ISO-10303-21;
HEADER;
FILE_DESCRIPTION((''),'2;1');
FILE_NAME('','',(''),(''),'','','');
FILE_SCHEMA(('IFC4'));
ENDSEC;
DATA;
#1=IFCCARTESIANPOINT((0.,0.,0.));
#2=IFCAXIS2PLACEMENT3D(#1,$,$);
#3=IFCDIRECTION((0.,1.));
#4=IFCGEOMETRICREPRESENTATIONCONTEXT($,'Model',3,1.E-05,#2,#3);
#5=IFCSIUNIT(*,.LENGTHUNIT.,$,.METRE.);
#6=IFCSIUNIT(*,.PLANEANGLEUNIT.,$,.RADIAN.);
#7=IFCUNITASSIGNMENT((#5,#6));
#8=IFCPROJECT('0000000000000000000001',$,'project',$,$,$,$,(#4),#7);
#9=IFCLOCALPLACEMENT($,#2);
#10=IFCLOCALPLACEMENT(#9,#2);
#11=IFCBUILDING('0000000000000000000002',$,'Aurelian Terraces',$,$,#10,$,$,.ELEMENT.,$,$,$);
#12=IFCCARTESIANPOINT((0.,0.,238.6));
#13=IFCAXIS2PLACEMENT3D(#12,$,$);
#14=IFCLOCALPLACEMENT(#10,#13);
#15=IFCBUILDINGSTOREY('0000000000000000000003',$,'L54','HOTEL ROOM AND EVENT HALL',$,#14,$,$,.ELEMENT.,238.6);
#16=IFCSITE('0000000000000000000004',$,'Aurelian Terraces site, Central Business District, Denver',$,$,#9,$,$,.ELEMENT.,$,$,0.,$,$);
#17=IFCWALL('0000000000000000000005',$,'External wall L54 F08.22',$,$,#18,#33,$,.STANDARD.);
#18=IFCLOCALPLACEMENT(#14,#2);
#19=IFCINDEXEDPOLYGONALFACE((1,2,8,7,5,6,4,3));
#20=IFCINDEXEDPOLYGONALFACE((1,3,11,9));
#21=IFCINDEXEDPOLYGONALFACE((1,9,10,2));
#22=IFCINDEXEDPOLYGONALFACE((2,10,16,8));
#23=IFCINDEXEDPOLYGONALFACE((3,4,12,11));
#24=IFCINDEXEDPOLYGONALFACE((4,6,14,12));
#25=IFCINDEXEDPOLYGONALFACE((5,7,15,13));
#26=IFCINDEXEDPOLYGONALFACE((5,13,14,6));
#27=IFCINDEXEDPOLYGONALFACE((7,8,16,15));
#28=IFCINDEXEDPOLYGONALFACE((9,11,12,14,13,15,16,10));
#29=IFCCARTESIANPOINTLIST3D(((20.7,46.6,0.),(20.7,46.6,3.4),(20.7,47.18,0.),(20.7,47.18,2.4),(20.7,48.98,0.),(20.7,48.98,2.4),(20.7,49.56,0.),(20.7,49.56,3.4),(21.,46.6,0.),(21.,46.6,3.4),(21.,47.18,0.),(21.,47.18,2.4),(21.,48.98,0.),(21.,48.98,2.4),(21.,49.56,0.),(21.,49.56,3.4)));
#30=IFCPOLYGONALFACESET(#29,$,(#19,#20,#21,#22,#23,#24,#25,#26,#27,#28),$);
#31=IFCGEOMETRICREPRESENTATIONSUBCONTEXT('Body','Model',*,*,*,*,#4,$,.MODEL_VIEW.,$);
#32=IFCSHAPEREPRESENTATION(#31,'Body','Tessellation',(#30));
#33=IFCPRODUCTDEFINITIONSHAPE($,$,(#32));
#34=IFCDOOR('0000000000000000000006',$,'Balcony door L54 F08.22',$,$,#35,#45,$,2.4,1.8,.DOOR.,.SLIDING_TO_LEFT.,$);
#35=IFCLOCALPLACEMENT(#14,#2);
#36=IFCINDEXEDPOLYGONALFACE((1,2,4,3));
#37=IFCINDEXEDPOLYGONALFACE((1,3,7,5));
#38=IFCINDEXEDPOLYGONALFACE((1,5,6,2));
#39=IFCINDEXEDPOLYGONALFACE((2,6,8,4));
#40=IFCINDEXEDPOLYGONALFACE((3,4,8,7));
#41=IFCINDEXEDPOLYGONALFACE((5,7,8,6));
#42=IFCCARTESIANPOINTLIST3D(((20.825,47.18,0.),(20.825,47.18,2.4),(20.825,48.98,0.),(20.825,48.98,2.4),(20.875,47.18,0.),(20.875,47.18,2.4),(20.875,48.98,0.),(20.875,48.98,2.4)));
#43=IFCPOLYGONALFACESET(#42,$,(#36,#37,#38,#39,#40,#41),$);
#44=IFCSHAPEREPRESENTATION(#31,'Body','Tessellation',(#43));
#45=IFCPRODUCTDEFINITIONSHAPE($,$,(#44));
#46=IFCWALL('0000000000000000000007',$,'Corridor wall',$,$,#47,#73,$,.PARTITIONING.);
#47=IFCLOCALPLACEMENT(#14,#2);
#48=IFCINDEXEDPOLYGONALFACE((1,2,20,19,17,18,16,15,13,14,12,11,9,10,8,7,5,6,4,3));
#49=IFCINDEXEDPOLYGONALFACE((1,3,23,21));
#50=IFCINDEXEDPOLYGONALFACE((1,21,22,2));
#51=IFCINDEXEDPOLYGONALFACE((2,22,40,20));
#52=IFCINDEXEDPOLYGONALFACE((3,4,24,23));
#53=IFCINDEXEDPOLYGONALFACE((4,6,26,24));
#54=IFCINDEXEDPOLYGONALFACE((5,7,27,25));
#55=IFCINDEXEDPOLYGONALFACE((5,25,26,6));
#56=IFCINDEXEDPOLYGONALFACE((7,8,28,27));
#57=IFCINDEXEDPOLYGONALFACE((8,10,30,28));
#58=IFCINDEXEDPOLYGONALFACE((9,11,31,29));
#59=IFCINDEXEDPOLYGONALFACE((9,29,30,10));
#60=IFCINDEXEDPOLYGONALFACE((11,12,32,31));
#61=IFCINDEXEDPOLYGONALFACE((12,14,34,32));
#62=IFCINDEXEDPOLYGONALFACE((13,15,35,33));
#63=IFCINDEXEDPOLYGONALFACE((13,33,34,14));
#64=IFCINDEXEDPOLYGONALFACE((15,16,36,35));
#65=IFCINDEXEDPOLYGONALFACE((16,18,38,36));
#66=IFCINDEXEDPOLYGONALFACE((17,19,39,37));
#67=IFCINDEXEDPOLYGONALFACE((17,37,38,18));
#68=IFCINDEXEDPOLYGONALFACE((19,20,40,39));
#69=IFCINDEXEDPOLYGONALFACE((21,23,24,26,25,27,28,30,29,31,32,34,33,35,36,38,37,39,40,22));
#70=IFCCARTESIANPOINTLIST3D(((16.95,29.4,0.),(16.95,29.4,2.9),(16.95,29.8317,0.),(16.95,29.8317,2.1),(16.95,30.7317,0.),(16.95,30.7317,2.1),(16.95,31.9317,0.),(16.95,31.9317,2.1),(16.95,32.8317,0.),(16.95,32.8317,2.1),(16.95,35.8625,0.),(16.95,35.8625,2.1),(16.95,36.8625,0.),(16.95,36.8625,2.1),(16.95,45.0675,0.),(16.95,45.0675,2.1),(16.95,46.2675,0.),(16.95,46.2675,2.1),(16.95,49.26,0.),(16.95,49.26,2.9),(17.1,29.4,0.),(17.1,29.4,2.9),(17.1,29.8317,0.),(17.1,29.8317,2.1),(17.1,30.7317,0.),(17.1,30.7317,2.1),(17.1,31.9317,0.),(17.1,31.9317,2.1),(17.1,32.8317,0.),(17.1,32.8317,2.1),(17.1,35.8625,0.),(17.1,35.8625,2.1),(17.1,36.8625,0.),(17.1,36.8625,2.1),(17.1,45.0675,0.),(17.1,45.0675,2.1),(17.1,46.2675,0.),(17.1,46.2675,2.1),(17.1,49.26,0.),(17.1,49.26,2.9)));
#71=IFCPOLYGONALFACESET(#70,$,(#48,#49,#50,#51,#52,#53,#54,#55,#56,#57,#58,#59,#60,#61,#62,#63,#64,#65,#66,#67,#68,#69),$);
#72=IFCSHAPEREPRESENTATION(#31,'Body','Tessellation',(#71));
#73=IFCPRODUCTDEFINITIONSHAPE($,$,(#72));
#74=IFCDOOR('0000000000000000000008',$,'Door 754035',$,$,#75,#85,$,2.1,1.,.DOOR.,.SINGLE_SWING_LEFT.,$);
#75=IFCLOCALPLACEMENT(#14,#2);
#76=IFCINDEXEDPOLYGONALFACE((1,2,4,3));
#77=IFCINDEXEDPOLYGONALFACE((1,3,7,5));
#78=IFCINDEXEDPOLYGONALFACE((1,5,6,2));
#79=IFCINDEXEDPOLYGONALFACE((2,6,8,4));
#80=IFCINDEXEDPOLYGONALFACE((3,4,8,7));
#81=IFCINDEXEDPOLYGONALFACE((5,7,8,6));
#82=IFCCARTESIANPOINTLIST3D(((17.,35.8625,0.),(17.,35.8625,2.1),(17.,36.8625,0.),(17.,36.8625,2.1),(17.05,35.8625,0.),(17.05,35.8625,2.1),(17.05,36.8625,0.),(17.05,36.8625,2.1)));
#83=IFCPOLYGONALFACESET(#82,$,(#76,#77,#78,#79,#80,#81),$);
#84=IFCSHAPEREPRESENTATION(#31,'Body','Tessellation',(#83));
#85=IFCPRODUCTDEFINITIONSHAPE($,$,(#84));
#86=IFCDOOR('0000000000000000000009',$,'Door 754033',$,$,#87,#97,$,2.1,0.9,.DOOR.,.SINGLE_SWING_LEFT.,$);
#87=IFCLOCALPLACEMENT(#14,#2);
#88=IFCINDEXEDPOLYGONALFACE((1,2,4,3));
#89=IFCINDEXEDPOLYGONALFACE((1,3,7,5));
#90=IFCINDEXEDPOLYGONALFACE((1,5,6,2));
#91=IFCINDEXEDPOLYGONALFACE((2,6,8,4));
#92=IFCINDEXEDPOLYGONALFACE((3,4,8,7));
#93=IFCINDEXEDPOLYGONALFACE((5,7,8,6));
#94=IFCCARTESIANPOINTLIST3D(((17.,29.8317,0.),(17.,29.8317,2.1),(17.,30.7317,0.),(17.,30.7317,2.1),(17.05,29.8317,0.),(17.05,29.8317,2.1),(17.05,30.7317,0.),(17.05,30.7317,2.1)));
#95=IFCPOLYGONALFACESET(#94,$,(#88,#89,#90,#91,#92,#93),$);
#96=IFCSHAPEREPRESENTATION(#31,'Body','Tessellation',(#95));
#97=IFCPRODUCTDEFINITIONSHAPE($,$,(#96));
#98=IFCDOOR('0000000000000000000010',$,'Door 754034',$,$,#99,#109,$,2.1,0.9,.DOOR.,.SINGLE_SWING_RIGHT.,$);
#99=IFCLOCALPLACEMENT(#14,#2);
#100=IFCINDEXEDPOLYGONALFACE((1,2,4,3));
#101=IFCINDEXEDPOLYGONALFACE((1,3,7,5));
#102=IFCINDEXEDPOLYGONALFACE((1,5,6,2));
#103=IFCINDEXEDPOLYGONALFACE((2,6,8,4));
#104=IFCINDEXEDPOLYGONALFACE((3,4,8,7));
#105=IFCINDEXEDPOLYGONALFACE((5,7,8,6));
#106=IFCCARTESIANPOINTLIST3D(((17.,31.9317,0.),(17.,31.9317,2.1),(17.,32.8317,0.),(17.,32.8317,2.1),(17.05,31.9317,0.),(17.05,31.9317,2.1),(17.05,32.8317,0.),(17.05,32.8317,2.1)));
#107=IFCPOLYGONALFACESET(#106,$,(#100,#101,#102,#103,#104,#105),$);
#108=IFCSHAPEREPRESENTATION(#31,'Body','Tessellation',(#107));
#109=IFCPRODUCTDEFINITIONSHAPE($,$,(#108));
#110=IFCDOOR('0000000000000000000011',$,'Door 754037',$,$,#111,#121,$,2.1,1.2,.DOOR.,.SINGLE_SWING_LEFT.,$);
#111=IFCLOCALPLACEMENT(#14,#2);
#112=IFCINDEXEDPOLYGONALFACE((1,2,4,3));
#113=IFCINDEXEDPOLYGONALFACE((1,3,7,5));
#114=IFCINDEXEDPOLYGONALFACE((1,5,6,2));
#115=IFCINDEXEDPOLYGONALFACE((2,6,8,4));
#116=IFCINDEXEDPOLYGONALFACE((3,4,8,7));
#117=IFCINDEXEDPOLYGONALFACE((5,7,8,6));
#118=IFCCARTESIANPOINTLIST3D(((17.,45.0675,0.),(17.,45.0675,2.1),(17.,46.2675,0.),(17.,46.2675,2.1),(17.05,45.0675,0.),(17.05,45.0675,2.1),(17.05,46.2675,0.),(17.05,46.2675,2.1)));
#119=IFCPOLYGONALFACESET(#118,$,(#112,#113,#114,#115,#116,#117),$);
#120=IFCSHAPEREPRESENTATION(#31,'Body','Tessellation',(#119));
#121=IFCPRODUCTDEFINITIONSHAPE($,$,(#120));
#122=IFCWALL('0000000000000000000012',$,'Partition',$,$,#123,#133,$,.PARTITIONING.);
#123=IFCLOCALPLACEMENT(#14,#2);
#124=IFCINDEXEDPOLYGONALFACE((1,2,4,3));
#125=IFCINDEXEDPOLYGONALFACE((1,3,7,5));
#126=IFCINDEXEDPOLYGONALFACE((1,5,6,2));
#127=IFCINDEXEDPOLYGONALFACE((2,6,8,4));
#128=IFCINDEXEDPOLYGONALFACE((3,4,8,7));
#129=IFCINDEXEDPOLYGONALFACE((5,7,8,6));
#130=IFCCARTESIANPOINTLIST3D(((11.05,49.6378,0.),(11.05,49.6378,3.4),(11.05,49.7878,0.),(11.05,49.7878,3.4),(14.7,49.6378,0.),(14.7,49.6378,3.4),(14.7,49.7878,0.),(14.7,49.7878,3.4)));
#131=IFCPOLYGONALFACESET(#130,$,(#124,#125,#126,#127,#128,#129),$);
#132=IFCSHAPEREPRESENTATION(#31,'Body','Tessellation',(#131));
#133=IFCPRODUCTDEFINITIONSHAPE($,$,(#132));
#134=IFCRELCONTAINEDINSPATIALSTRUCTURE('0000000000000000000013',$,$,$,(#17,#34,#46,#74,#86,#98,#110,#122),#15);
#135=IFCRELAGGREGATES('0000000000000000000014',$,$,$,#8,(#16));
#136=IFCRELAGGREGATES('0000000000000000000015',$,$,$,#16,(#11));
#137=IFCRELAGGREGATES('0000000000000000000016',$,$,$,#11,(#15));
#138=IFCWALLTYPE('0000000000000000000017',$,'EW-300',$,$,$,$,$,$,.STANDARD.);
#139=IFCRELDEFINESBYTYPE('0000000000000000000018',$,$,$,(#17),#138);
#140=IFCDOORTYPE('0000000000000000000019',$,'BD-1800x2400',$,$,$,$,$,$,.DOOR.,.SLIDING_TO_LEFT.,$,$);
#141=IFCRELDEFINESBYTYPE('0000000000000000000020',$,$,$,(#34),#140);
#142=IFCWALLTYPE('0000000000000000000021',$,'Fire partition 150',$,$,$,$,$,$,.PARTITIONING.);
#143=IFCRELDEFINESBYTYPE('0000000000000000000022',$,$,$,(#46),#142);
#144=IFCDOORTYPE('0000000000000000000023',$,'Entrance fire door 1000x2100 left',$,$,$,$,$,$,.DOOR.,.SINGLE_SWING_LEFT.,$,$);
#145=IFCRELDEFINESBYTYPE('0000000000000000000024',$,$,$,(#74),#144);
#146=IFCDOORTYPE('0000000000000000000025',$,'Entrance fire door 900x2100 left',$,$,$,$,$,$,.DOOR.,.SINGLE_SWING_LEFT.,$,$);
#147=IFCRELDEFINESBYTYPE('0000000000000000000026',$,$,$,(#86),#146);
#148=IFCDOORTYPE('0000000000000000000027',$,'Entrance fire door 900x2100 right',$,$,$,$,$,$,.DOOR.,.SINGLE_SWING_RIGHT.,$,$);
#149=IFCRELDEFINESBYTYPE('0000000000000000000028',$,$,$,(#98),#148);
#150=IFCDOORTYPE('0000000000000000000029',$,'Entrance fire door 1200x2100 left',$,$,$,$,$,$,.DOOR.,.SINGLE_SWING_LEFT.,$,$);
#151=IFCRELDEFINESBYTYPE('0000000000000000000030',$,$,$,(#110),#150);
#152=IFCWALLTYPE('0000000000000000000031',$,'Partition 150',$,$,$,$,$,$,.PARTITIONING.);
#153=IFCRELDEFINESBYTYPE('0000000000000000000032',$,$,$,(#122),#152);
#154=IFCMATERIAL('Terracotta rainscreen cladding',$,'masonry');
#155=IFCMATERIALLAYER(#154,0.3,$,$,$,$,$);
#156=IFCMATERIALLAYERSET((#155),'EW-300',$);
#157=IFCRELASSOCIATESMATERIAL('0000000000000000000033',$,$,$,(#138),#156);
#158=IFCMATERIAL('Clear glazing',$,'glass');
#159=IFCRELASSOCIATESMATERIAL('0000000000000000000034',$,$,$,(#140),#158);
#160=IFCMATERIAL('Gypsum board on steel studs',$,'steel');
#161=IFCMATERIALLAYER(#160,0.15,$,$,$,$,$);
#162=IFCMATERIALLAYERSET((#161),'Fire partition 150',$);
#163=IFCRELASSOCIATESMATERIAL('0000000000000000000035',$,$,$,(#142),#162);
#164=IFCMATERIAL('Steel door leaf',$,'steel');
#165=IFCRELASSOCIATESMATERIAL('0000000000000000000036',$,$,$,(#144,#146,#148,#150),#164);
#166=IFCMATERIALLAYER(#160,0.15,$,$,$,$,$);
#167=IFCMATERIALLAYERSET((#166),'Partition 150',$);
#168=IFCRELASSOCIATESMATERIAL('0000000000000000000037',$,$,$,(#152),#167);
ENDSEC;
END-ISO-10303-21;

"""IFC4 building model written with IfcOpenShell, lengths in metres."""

from ifc_helpers import new_model, si_unit, direction, frame, frame_2d, origin, place, context, subcontext, project, spatial, rectangle, extrude, source, transform, mapped, material, layer, layer_set, type_object, element, fill, save


model = new_model("IFC4")

# Units and contexts
model_context = context("Model", 3, precision=1e-05, world=origin(), true_north=direction((0.0, 1.0)))
body_context = subcontext(model_context, "Body", "Model", "MODEL_VIEW")
ifc_project = project(units=[si_unit("LENGTHUNIT", "METRE"), si_unit("PLANEANGLEUNIT", "RADIAN")], contexts=[model_context])

# Site, building, storey
site_placement = place(None, origin())
site = spatial("IfcSite", under=ifc_project, at=site_placement, Name="Aurelian Terraces site, Central Business District, Denver", CompositionType="ELEMENT", RefElevation=0.0)
building_placement = place(site_placement, origin())
building = spatial("IfcBuilding", under=site, at=building_placement, Name="Aurelian Terraces", CompositionType="ELEMENT")
storey_placement = place(building_placement, frame((0.0, 0.0, 238.6)))
storey = spatial("IfcBuildingStorey", under=building, at=storey_placement, Name="L54", Description="HOTEL ROOM AND EVENT HALL", CompositionType="ELEMENT", Elevation=238.6)

# Shared definitions
ifc_material_1 = material(Name="Terracotta rainscreen cladding", Category="masonry")
ifc_layer_1 = layer(ifc_material_1, 0.3)
ifc_layer_set_1 = layer_set([ifc_layer_1], Name="EW-300")
wall_type_1 = type_object("IfcWallType", Name="EW-300", PredefinedType="STANDARD", material=ifc_layer_set_1)
ifc_material_2 = material(Name="Clear glazing", Category="glass")

# Wall, opening, door
shared_shape_1 = source(origin(), body_context, "Body", "SweptSolid", [
    extrude(rectangle(XDim=2.96, YDim=0.3, at=frame_2d((1.48, 0.0))), origin(), (0.0, 0.0, 1.0), 3.4),
])
wall_1_placement = place(storey_placement, frame((20.85, 46.6, 0.0), z_axis=(0.0, 0.0, 1.0), x_axis=(0.0, 1.0, 0.0)))
wall_1 = element("IfcWall", 1, at=wall_1_placement, inside=storey, type_object=wall_type_1, Name="External wall L54 F08.22", PredefinedType="STANDARD", context=body_context, shape_type="MappedRepresentation", body=[
    mapped(shared_shape_1, transform((0.0, 0.0, 0.0), scale=1.0)),
])
shared_shape_2 = source(origin(), body_context, "Body", "SweptSolid", [
    extrude(rectangle(XDim=1.8, YDim=2.4, at=frame_2d((0.9, 1.2))), frame((0.0, 0.16, 0.0), z_axis=(0.0, -1.0, 0.0), x_axis=(1.0, 0.0, 0.0)), (0.0, 0.0, 1.0), 0.32),
])
opening_1_placement = place(wall_1_placement, frame((0.58, 0.0, 0.0)))
opening_1 = element("IfcOpeningElement", 2, at=opening_1_placement, cuts=wall_1, PredefinedType="OPENING", context=body_context, shape_type="MappedRepresentation", body=[
    mapped(shared_shape_2, transform((0.0, 0.0, 0.0), scale=1.0)),
])
door_type_1 = type_object("IfcDoorType", Name="BD-1800x2400", OperationType="SLIDING_TO_LEFT", PredefinedType="DOOR", material=ifc_material_2)
shared_shape_3 = source(origin(), body_context, "Body", "SweptSolid", [
    extrude(rectangle(XDim=1.8, YDim=2.4, at=frame_2d((0.9, 1.2))), frame((0.0, 0.025, 0.0), z_axis=(0.0, -1.0, 0.0), x_axis=(1.0, 0.0, 0.0)), (0.0, 0.0, 1.0), 0.05),
])
door_1_placement = place(opening_1_placement, origin())
door_1 = element("IfcDoor", 3, at=door_1_placement, inside=storey, type_object=door_type_1, Name="Balcony door L54 F08.22", OperationType="SLIDING_TO_LEFT", OverallHeight=2.4, OverallWidth=1.8, PredefinedType="DOOR", context=body_context, shape_type="MappedRepresentation", body=[
    mapped(shared_shape_3, transform((0.0, 0.0, 0.0), scale=1.0)),
])
fill(opening_1, door_1)

# Wall, openings, doors
ifc_material_3 = material(Name="Gypsum board on steel studs", Category="steel")
ifc_layer_2 = layer(ifc_material_3, 0.15)
ifc_layer_set_2 = layer_set([ifc_layer_2], Name="Fire partition 150")
wall_type_2 = type_object("IfcWallType", Name="Fire partition 150", PredefinedType="PARTITIONING", material=ifc_layer_set_2)
shared_shape_4 = source(origin(), body_context, "Body", "SweptSolid", [
    extrude(rectangle(XDim=19.86, YDim=0.15, at=frame_2d((9.93, 0.0))), origin(), (0.0, 0.0, 1.0), 2.9),
])
wall_2_placement = place(storey_placement, frame((17.025, 49.26, 0.0), z_axis=(0.0, 0.0, 1.0), x_axis=(0.0, -1.0, 0.0)))
wall_2 = element("IfcWall", 4, at=wall_2_placement, inside=storey, type_object=wall_type_2, Name="Corridor wall", PredefinedType="PARTITIONING", context=body_context, shape_type="MappedRepresentation", body=[
    mapped(shared_shape_4, transform((0.0, 0.0, 0.0), scale=1.0)),
])
shared_shape_5 = source(origin(), body_context, "Body", "SweptSolid", [
    extrude(rectangle(XDim=0.9, YDim=2.1, at=frame_2d((0.45, 1.05))), frame((0.0, 0.085, 0.0), z_axis=(0.0, -1.0, 0.0), x_axis=(1.0, 0.0, 0.0)), (0.0, 0.0, 1.0), 0.17),
])
opening_2_placement = place(wall_2_placement, frame((18.5283, 0.0, 0.0)))
opening_2 = element("IfcOpeningElement", 5, at=opening_2_placement, cuts=wall_2, PredefinedType="OPENING", context=body_context, shape_type="MappedRepresentation", body=[
    mapped(shared_shape_5, transform((0.0, 0.0, 0.0), scale=1.0)),
])
opening_3_placement = place(wall_2_placement, frame((16.4283, 0.0, 0.0)))
opening_3 = element("IfcOpeningElement", 6, at=opening_3_placement, cuts=wall_2, PredefinedType="OPENING", context=body_context, shape_type="MappedRepresentation", body=[
    mapped(shared_shape_5, transform((0.0, 0.0, 0.0), scale=1.0)),
])
shared_shape_6 = source(origin(), body_context, "Body", "SweptSolid", [
    extrude(rectangle(XDim=1.0, YDim=2.1, at=frame_2d((0.5, 1.05))), frame((0.0, 0.085, 0.0), z_axis=(0.0, -1.0, 0.0), x_axis=(1.0, 0.0, 0.0)), (0.0, 0.0, 1.0), 0.17),
])
opening_4_placement = place(wall_2_placement, frame((12.3975, 0.0, 0.0)))
opening_4 = element("IfcOpeningElement", 7, at=opening_4_placement, cuts=wall_2, PredefinedType="OPENING", context=body_context, shape_type="MappedRepresentation", body=[
    mapped(shared_shape_6, transform((0.0, 0.0, 0.0), scale=1.0)),
])
shared_shape_7 = source(origin(), body_context, "Body", "SweptSolid", [
    extrude(rectangle(XDim=1.2, YDim=2.1, at=frame_2d((0.6, 1.05))), frame((0.0, 0.085, 0.0), z_axis=(0.0, -1.0, 0.0), x_axis=(1.0, 0.0, 0.0)), (0.0, 0.0, 1.0), 0.17),
])
opening_5_placement = place(wall_2_placement, frame((2.9925, 0.0, 0.0)))
opening_5 = element("IfcOpeningElement", 8, at=opening_5_placement, cuts=wall_2, PredefinedType="OPENING", context=body_context, shape_type="MappedRepresentation", body=[
    mapped(shared_shape_7, transform((0.0, 0.0, 0.0), scale=1.0)),
])
ifc_material_4 = material(Name="Steel door leaf", Category="steel")
door_type_2 = type_object("IfcDoorType", Name="Entrance fire door 1000x2100 left", OperationType="SINGLE_SWING_LEFT", PredefinedType="DOOR", material=ifc_material_4)
shared_shape_8 = source(origin(), body_context, "Body", "SweptSolid", [
    extrude(rectangle(XDim=1.0, YDim=2.1, at=frame_2d((0.5, 1.05))), frame((0.0, 0.025, 0.0), z_axis=(0.0, -1.0, 0.0), x_axis=(1.0, 0.0, 0.0)), (0.0, 0.0, 1.0), 0.05),
])
door_2_placement = place(opening_4_placement, origin())
door_2 = element("IfcDoor", 9, at=door_2_placement, inside=storey, type_object=door_type_2, Name="Door 754035", OperationType="SINGLE_SWING_LEFT", OverallHeight=2.1, OverallWidth=1.0, PredefinedType="DOOR", context=body_context, shape_type="MappedRepresentation", body=[
    mapped(shared_shape_8, transform((0.0, 0.0, 0.0), scale=1.0)),
])
fill(opening_4, door_2)
door_type_3 = type_object("IfcDoorType", Name="Entrance fire door 900x2100 left", OperationType="SINGLE_SWING_LEFT", PredefinedType="DOOR", material=ifc_material_4)
shared_shape_9 = source(origin(), body_context, "Body", "SweptSolid", [
    extrude(rectangle(XDim=0.9, YDim=2.1, at=frame_2d((0.45, 1.05))), frame((0.0, 0.025, 0.0), z_axis=(0.0, -1.0, 0.0), x_axis=(1.0, 0.0, 0.0)), (0.0, 0.0, 1.0), 0.05),
])
door_3_placement = place(opening_2_placement, origin())
door_3 = element("IfcDoor", 10, at=door_3_placement, inside=storey, type_object=door_type_3, Name="Door 754033", OperationType="SINGLE_SWING_LEFT", OverallHeight=2.1, OverallWidth=0.9, PredefinedType="DOOR", context=body_context, shape_type="MappedRepresentation", body=[
    mapped(shared_shape_9, transform((0.0, 0.0, 0.0), scale=1.0)),
])
fill(opening_2, door_3)
door_type_4 = type_object("IfcDoorType", Name="Entrance fire door 900x2100 right", OperationType="SINGLE_SWING_RIGHT", PredefinedType="DOOR", material=ifc_material_4)
door_4_placement = place(opening_3_placement, origin())
door_4 = element("IfcDoor", 11, at=door_4_placement, inside=storey, type_object=door_type_4, Name="Door 754034", OperationType="SINGLE_SWING_RIGHT", OverallHeight=2.1, OverallWidth=0.9, PredefinedType="DOOR", context=body_context, shape_type="MappedRepresentation", body=[
    mapped(shared_shape_9, transform((0.0, 0.0, 0.0), scale=1.0)),
])
fill(opening_3, door_4)
door_type_5 = type_object("IfcDoorType", Name="Entrance fire door 1200x2100 left", OperationType="SINGLE_SWING_LEFT", PredefinedType="DOOR", material=ifc_material_4)
shared_shape_10 = source(origin(), body_context, "Body", "SweptSolid", [
    extrude(rectangle(XDim=1.2, YDim=2.1, at=frame_2d((0.6, 1.05))), frame((0.0, 0.025, 0.0), z_axis=(0.0, -1.0, 0.0), x_axis=(1.0, 0.0, 0.0)), (0.0, 0.0, 1.0), 0.05),
])
door_5_placement = place(opening_5_placement, origin())
door_5 = element("IfcDoor", 12, at=door_5_placement, inside=storey, type_object=door_type_5, Name="Door 754037", OperationType="SINGLE_SWING_LEFT", OverallHeight=2.1, OverallWidth=1.2, PredefinedType="DOOR", context=body_context, shape_type="MappedRepresentation", body=[
    mapped(shared_shape_10, transform((0.0, 0.0, 0.0), scale=1.0)),
])
fill(opening_5, door_5)

# Wall
ifc_layer_3 = layer(ifc_material_3, 0.15)
ifc_layer_set_3 = layer_set([ifc_layer_3], Name="Partition 150")
wall_type_3 = type_object("IfcWallType", Name="Partition 150", PredefinedType="PARTITIONING", material=ifc_layer_set_3)
shared_shape_11 = source(origin(), body_context, "Body", "SweptSolid", [
    extrude(rectangle(XDim=3.65, YDim=0.15, at=frame_2d((1.825, 0.0))), origin(), (0.0, 0.0, 1.0), 3.4),
])
wall_3_placement = place(storey_placement, frame((14.7, 49.7128, 0.0), z_axis=(0.0, 0.0, 1.0), x_axis=(-1.0, 0.0, 0.0)))
element("IfcWall", 13, at=wall_3_placement, inside=storey, type_object=wall_type_3, Name="Partition", PredefinedType="PARTITIONING", context=body_context, shape_type="MappedRepresentation", body=[
    mapped(shared_shape_11, transform((0.0, 0.0, 0.0), scale=1.0)),
])

save(model, "model.ifc")
